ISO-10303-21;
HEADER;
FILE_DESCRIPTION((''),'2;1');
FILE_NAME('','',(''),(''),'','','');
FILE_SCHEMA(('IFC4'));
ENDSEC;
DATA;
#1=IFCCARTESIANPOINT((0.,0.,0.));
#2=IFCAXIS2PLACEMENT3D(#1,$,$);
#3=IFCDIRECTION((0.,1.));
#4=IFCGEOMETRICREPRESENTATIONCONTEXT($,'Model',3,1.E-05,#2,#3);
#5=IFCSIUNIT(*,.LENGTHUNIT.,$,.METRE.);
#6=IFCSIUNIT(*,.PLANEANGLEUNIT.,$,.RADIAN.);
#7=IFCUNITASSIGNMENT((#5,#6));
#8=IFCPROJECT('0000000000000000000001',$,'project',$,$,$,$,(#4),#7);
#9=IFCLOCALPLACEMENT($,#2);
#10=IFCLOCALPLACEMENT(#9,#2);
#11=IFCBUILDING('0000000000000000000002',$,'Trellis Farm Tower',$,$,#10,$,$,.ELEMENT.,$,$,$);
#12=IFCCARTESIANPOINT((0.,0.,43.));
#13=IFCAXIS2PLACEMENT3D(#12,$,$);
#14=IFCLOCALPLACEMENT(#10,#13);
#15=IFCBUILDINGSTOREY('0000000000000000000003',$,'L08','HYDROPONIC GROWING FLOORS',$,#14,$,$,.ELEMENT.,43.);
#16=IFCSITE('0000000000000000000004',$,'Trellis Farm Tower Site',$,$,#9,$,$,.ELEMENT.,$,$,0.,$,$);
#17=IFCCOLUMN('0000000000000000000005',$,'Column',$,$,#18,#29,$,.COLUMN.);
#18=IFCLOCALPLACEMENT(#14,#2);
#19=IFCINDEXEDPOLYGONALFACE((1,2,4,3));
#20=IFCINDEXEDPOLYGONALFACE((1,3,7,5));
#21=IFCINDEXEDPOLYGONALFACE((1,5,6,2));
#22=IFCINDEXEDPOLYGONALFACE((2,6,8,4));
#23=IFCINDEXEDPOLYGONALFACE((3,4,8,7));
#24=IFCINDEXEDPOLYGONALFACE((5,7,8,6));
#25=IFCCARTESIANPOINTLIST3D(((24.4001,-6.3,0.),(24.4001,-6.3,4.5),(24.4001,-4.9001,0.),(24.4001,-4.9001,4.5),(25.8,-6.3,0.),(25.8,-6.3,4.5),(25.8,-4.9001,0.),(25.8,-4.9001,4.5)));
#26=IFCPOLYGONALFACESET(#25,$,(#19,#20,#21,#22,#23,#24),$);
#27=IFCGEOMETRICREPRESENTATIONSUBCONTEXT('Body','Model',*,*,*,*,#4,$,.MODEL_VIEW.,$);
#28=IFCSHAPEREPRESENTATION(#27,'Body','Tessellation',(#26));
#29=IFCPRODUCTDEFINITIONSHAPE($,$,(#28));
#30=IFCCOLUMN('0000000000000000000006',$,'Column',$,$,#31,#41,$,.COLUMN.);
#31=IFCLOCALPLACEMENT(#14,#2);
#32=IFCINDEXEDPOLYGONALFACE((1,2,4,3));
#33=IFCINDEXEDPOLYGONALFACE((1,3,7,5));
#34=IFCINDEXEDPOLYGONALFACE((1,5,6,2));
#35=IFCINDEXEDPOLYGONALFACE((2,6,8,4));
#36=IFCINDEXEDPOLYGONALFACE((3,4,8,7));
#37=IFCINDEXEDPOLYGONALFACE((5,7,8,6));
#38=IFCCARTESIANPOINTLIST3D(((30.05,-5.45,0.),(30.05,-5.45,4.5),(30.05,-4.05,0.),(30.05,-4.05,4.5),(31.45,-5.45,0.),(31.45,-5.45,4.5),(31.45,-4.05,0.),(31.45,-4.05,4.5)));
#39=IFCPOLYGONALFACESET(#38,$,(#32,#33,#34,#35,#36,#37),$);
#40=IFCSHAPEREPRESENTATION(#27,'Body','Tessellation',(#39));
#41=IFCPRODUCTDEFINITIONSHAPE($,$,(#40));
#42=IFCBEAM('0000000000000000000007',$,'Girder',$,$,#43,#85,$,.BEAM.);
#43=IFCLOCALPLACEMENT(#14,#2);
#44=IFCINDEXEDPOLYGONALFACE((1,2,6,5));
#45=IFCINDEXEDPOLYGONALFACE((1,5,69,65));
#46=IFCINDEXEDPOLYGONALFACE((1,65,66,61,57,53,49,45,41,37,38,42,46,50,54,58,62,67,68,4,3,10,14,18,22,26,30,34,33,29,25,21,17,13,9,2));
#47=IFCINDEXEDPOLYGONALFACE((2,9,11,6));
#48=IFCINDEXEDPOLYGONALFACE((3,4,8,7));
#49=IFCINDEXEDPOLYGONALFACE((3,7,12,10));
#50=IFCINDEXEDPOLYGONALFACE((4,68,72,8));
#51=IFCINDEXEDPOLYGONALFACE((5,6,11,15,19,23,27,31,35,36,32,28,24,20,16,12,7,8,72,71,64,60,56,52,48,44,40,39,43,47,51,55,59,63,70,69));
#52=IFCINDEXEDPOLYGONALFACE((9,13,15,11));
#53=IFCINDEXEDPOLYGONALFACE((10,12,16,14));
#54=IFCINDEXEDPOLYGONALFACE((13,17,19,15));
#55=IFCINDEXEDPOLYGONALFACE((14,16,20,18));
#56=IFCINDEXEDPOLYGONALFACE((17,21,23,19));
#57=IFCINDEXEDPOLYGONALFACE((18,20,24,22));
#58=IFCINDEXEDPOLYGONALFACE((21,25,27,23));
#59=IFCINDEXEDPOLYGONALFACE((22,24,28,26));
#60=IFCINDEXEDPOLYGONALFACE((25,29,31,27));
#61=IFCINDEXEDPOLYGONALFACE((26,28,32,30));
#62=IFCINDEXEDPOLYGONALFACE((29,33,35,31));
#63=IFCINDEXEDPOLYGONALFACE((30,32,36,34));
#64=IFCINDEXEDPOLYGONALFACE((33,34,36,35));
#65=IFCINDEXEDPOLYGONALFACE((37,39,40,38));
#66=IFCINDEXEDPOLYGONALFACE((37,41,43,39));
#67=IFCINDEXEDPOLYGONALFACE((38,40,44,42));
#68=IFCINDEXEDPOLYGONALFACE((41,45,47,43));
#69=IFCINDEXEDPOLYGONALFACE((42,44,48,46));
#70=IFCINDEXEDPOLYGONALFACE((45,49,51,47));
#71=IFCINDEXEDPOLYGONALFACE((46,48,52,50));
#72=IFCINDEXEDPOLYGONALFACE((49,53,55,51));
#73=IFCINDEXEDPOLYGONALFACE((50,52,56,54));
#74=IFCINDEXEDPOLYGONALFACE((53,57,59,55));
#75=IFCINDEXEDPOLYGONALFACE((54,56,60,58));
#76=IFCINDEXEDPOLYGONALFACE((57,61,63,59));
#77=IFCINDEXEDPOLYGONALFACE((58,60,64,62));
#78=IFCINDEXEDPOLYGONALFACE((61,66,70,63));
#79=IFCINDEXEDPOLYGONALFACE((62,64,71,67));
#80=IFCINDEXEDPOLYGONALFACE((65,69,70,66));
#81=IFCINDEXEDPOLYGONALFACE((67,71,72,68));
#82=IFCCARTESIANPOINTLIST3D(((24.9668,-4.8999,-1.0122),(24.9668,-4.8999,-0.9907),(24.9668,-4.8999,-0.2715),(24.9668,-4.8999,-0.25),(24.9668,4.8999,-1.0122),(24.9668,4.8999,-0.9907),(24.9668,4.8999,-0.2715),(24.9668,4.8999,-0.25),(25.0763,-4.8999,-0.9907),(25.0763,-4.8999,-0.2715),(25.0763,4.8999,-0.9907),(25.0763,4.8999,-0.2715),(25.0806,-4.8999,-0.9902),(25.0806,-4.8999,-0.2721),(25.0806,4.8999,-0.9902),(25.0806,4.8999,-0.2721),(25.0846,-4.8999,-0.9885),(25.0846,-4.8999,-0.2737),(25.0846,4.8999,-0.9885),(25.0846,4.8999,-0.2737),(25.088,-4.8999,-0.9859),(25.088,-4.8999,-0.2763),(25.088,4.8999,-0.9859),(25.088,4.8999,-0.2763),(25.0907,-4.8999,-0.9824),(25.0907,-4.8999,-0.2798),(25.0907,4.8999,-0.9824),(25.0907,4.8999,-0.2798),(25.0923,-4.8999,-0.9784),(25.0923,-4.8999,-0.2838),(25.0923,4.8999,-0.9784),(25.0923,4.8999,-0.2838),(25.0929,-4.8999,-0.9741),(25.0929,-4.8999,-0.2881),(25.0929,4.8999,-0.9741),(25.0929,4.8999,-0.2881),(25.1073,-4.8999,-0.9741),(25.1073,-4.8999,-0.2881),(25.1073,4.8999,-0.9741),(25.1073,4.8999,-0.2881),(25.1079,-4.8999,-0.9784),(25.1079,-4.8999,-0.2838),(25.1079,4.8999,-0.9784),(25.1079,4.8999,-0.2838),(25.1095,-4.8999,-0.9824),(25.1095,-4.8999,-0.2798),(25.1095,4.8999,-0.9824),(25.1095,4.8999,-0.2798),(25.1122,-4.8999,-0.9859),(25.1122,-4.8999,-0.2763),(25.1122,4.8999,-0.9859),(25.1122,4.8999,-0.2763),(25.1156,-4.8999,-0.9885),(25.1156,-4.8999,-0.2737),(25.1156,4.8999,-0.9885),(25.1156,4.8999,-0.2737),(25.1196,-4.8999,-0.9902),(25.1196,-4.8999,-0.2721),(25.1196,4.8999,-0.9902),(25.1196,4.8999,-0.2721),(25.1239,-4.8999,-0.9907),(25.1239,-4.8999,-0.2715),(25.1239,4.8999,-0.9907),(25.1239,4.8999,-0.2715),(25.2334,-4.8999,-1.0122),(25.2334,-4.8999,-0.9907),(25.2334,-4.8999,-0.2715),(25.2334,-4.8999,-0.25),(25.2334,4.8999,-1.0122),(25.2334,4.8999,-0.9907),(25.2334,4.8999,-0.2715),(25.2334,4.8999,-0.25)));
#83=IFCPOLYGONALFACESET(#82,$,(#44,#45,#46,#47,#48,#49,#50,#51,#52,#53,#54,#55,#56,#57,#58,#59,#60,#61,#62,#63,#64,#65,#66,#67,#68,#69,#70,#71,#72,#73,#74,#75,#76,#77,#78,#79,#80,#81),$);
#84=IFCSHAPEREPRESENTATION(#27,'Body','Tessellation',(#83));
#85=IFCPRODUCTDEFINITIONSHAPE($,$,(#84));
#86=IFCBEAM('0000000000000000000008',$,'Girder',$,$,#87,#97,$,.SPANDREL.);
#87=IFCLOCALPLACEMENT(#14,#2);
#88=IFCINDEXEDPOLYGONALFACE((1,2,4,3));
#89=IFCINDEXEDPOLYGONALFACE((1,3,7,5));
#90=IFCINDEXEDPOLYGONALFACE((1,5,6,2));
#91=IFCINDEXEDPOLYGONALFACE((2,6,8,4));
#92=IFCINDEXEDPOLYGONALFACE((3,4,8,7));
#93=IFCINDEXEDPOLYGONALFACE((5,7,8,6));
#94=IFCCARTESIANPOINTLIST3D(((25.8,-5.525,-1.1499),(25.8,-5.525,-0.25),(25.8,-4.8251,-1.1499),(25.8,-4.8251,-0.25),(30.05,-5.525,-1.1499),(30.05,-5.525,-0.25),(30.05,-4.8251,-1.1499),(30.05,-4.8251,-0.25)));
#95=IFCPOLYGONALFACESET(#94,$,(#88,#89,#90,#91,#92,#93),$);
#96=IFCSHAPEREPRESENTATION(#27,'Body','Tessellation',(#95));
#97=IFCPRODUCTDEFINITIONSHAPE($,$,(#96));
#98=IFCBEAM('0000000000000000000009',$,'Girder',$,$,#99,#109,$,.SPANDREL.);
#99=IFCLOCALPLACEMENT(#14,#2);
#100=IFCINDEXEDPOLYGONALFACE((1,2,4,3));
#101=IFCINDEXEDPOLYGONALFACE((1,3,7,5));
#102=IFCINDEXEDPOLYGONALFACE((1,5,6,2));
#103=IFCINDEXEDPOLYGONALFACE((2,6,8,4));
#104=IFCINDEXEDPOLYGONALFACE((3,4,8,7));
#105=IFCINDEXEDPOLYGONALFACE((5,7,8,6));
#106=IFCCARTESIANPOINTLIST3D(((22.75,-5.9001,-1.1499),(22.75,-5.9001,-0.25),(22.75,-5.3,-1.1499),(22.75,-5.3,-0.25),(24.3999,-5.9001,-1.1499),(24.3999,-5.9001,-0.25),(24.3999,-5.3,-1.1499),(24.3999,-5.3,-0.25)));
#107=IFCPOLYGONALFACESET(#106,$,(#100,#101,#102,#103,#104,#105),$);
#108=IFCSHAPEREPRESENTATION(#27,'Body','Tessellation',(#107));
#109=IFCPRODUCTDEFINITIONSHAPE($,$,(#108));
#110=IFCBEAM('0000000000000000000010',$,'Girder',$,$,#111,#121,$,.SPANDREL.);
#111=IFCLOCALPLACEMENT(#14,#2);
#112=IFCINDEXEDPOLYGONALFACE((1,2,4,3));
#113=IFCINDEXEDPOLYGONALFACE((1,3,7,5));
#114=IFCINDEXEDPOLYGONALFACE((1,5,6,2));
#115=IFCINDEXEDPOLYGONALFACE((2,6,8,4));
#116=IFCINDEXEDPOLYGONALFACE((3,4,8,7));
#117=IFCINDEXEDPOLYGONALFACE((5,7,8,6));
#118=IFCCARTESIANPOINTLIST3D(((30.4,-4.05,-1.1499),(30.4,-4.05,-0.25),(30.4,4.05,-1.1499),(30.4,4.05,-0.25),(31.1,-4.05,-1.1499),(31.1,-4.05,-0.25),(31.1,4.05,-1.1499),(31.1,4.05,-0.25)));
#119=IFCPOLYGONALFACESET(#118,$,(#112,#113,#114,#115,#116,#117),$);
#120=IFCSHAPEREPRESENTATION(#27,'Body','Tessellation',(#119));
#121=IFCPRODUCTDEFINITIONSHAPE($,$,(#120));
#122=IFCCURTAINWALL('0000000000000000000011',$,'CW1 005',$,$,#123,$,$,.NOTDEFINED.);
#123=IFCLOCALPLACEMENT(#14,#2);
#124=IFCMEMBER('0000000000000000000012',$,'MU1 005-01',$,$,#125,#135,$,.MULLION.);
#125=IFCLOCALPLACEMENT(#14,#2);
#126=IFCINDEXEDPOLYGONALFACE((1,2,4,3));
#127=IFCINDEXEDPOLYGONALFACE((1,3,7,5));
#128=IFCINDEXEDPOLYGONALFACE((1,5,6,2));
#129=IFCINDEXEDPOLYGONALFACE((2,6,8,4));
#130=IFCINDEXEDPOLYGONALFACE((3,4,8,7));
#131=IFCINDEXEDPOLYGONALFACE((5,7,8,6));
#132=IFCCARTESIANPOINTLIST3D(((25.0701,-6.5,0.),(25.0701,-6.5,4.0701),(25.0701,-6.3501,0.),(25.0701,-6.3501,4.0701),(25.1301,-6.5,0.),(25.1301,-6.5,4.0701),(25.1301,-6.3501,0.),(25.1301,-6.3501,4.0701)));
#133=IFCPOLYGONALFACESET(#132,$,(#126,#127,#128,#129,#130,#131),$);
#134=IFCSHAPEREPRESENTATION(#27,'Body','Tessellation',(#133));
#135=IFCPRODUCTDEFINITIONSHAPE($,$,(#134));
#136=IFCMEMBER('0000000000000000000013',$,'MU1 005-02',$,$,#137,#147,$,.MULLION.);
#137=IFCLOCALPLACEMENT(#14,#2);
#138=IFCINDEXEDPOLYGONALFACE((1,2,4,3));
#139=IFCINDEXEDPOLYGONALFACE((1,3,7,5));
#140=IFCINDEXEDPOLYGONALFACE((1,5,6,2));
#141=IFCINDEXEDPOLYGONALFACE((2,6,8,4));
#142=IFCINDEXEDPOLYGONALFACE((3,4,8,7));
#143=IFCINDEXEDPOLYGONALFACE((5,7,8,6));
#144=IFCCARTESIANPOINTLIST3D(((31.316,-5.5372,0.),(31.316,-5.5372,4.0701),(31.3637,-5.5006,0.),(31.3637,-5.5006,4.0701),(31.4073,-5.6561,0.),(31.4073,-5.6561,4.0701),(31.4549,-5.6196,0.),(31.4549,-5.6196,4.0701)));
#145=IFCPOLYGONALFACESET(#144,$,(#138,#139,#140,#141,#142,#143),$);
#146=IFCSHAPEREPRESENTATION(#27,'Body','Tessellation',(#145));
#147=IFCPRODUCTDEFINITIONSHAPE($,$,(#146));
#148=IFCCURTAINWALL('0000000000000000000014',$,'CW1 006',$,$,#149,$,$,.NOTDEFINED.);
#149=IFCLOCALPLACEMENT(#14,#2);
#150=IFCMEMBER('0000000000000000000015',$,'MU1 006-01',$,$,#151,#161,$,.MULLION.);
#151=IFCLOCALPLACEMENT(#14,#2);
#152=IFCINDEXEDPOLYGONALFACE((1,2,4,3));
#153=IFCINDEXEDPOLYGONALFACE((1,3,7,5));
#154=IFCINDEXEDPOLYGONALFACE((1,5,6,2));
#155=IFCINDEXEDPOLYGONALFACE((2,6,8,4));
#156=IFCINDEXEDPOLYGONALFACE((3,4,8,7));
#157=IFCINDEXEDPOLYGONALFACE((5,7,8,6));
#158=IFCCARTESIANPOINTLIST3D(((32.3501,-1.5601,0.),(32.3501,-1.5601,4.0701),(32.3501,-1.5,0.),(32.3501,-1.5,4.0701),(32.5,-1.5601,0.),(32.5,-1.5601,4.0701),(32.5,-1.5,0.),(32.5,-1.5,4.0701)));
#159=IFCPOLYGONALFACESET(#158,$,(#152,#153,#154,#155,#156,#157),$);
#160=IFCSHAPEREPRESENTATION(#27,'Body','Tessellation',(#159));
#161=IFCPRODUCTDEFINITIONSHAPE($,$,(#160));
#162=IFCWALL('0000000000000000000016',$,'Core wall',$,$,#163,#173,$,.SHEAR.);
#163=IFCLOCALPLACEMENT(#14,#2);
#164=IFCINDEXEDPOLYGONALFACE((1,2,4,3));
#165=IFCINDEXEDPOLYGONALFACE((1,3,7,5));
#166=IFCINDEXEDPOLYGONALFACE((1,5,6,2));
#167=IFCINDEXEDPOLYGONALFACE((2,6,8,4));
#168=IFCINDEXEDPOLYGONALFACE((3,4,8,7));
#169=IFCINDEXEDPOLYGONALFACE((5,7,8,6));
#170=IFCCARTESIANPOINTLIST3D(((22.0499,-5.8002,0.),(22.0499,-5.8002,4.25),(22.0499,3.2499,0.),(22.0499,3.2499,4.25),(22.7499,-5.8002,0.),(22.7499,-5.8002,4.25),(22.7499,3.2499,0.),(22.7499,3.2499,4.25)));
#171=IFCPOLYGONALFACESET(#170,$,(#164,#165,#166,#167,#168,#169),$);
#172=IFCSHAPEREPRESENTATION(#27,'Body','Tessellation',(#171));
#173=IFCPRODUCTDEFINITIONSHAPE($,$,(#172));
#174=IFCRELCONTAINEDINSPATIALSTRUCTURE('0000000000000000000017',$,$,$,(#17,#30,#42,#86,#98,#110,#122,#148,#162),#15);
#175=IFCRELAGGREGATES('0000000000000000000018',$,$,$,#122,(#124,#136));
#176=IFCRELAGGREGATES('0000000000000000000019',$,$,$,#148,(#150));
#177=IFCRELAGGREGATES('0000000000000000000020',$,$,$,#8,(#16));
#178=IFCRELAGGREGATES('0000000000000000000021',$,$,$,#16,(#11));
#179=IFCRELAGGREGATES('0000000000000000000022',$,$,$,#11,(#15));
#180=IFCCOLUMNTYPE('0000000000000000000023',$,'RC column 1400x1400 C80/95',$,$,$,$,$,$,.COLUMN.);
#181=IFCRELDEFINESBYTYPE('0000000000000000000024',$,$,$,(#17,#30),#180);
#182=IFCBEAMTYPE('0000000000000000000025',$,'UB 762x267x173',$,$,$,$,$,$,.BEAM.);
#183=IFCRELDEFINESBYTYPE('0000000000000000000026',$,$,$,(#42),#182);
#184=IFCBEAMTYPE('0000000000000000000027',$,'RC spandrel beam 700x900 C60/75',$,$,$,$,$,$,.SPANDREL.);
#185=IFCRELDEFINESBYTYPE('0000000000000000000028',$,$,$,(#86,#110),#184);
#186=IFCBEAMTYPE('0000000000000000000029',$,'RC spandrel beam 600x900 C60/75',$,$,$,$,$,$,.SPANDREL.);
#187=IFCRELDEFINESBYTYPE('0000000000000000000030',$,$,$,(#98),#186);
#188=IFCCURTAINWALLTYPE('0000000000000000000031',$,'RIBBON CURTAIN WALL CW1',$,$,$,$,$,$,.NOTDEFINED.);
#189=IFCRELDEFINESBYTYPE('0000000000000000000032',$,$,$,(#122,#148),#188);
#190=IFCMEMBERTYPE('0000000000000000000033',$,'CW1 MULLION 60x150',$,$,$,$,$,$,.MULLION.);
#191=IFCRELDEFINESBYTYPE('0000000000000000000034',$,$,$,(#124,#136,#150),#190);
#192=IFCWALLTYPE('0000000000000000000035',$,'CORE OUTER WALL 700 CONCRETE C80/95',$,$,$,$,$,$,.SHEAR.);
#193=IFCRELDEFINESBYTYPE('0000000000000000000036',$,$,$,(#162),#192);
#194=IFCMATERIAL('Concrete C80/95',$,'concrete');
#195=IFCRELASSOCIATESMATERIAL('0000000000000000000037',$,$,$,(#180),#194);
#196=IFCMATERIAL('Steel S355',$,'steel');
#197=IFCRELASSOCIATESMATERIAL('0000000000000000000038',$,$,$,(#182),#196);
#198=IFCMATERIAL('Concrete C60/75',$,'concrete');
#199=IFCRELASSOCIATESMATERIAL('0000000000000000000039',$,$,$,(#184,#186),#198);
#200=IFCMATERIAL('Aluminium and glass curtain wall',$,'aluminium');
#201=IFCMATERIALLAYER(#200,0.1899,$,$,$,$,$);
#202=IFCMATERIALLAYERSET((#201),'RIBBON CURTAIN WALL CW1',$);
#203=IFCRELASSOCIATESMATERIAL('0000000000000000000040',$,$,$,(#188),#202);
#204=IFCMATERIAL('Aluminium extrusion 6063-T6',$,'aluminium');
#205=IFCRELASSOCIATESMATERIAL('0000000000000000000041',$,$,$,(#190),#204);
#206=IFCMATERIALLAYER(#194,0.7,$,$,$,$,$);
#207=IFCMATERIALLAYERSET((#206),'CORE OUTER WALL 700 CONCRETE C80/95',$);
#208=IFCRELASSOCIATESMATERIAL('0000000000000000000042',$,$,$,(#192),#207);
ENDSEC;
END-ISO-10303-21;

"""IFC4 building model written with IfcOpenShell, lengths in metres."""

from ifc_helpers import new_model, si_unit, direction, frame, frame_2d, origin, origin_2d, place, context, subcontext, project, spatial, rectangle, i_section, extrude, source, transform, mapped, material, layer, layer_set, material_profile, profile_set, type_object, element, aggregate, save


model = new_model("IFC4")

# Units and contexts
model_context = context("Model", 3, precision=1e-05, world=origin(), true_north=direction((0.0, 1.0)))
body_context = subcontext(model_context, "Body", "Model", "MODEL_VIEW")
ifc_project = project(units=[si_unit("LENGTHUNIT", "METRE"), si_unit("PLANEANGLEUNIT", "RADIAN")], contexts=[model_context])

# Site, building, storey
site_placement = place(None, origin())
site = spatial("IfcSite", under=ifc_project, at=site_placement, Name="Trellis Farm Tower Site", CompositionType="ELEMENT", RefElevation=0.0)
building_placement = place(site_placement, origin())
building = spatial("IfcBuilding", under=site, at=building_placement, Name="Trellis Farm Tower", CompositionType="ELEMENT")
storey_placement = place(building_placement, frame((0.0, 0.0, 43.0)))
storey = spatial("IfcBuildingStorey", under=building, at=storey_placement, Name="L08", Description="HYDROPONIC GROWING FLOORS", CompositionType="ELEMENT", Elevation=43.0)

# Columns
ifc_material_1 = material(Name="Concrete C80/95", Category="concrete")
ifc_material_profile_1 = material_profile(ifc_material_1, rectangle(XDim=1.3999, YDim=1.3999, at=origin_2d()), Name="RC column 1400x1400 C80/95")
ifc_profile_set_1 = profile_set([ifc_material_profile_1], Name="Concrete C80/95")
column_type = type_object("IfcColumnType", Name="RC column 1400x1400 C80/95", PredefinedType="COLUMN", material=ifc_profile_set_1)
shared_shape_1 = source(origin(), body_context, "Body", "SweptSolid", [
    extrude(rectangle(XDim=1.3999, YDim=1.3999, at=origin_2d()), origin(), (0.0, 0.0, 1.0), 4.5),
])
for number, where, z_axis, x_axis, name in (
    (1, (25.1001, -5.6001, 0.0), (0.0, 0.0, 1.0), (1.0, 0.0, 0.0), "Column"),
    (2, (30.75, -4.75, 0.0), (0.0, 0.0, 1.0), (1.0, 0.0, 0.0), "Column"),
):
    element("IfcColumn", number, at=place(storey_placement, frame(where, z_axis=z_axis, x_axis=x_axis)), inside=storey, type_object=column_type, Name=name, PredefinedType="COLUMN", context=body_context, shape_type="MappedRepresentation", body=[
        mapped(shared_shape_1, transform((0.0, 0.0, 0.0))),
    ])

# Beams
ifc_material_2 = material(Name="Steel S355", Category="steel")
ifc_material_profile_2 = material_profile(ifc_material_2, i_section(OverallWidth=0.2666, OverallDepth=0.7622, WebThickness=0.0144, FlangeThickness=0.0215, FilletRadius=0.0166, at=origin_2d()), Name="UB 762x267x173")
ifc_profile_set_2 = profile_set([ifc_material_profile_2], Name="Steel S355")
beam_type_1 = type_object("IfcBeamType", Name="UB 762x267x173", PredefinedType="BEAM", material=ifc_profile_set_2)
shared_shape_2 = source(origin(), body_context, "Body", "SweptSolid", [
    extrude(i_section(OverallWidth=0.2666, OverallDepth=0.7622, WebThickness=0.0144, FlangeThickness=0.0215, FilletRadius=0.0166, at=origin_2d()), origin(), (0.0, 0.0, 1.0), 9.7998),
])
beam_1_placement = place(storey_placement, frame((25.1001, -4.8999, -0.6311), z_axis=(0.0, 1.0, 0.0), x_axis=(-1.0, 0.0, 0.0)))
element("IfcBeam", 3, at=beam_1_placement, inside=storey, type_object=beam_type_1, Name="Girder", PredefinedType="BEAM", context=body_context, shape_type="MappedRepresentation", body=[
    mapped(shared_shape_2, transform((0.0, 0.0, 0.0))),
])
ifc_material_3 = material(Name="Concrete C60/75", Category="concrete")
ifc_material_profile_3 = material_profile(ifc_material_3, rectangle(XDim=0.7, YDim=0.8999, at=origin_2d()), Name="RC spandrel beam 700x900 C60/75")
ifc_profile_set_3 = profile_set([ifc_material_profile_3], Name="Concrete C60/75")
beam_type_2 = type_object("IfcBeamType", Name="RC spandrel beam 700x900 C60/75", PredefinedType="SPANDREL", material=ifc_profile_set_3)
shared_shape_3 = source(origin(), body_context, "Body", "SweptSolid", [
    extrude(rectangle(XDim=0.7, YDim=0.8999, at=origin_2d()), origin(), (0.0, 0.0, 1.0), 4.25),
])
beam_2_placement = place(storey_placement, frame((25.8, -5.175, -0.7), z_axis=(1.0, 0.0, 0.0), x_axis=(0.0, 1.0, 0.0)))
element("IfcBeam", 4, at=beam_2_placement, inside=storey, type_object=beam_type_2, Name="Girder", PredefinedType="SPANDREL", context=body_context, shape_type="MappedRepresentation", body=[
    mapped(shared_shape_3, transform((0.0, 0.0, 0.0))),
])
ifc_material_profile_4 = material_profile(ifc_material_3, rectangle(XDim=0.6001, YDim=0.8999, at=origin_2d()), Name="RC spandrel beam 600x900 C60/75")
ifc_profile_set_4 = profile_set([ifc_material_profile_4], Name="Concrete C60/75")
beam_type_3 = type_object("IfcBeamType", Name="RC spandrel beam 600x900 C60/75", PredefinedType="SPANDREL", material=ifc_profile_set_4)
shared_shape_4 = source(origin(), body_context, "Body", "SweptSolid", [
    extrude(rectangle(XDim=0.6001, YDim=0.8999, at=origin_2d()), origin(), (0.0, 0.0, 1.0), 1.6499),
])
beam_3_placement = place(storey_placement, frame((22.75, -5.6001, -0.7), z_axis=(1.0, 0.0, 0.0), x_axis=(0.0, 1.0, 0.0)))
element("IfcBeam", 5, at=beam_3_placement, inside=storey, type_object=beam_type_3, Name="Girder", PredefinedType="SPANDREL", context=body_context, shape_type="MappedRepresentation", body=[
    mapped(shared_shape_4, transform((0.0, 0.0, 0.0))),
])
shared_shape_5 = source(origin(), body_context, "Body", "SweptSolid", [
    extrude(rectangle(XDim=0.7, YDim=0.8999, at=origin_2d()), origin(), (0.0, 0.0, 1.0), 8.1001),
])
beam_4_placement = place(storey_placement, frame((30.75, -4.05, -0.7), z_axis=(0.0, 1.0, 0.0), x_axis=(-1.0, 0.0, 0.0)))
element("IfcBeam", 6, at=beam_4_placement, inside=storey, type_object=beam_type_2, Name="Girder", PredefinedType="SPANDREL", context=body_context, shape_type="MappedRepresentation", body=[
    mapped(shared_shape_5, transform((0.0, 0.0, 0.0))),
])

# Curtain wall, members
ifc_material_4 = material(Name="Aluminium and glass curtain wall", Category="aluminium")
ifc_layer_1 = layer(ifc_material_4, 0.1899)
ifc_layer_set_1 = layer_set([ifc_layer_1], Name="RIBBON CURTAIN WALL CW1")
curtain_wall_type = type_object("IfcCurtainWallType", Name="RIBBON CURTAIN WALL CW1", PredefinedType="NOTDEFINED", material=ifc_layer_set_1)
placement = place(storey_placement, origin())
curtain_wall_1 = element("IfcCurtainWall", 7, at=placement, inside=storey, type_object=curtain_wall_type, Name="CW1 005", PredefinedType="NOTDEFINED")
ifc_material_5 = material(Name="Aluminium extrusion 6063-T6", Category="aluminium")
ifc_material_profile_5 = material_profile(ifc_material_5, rectangle(XDim=0.0601, YDim=0.1499, at=origin_2d()), Name="MULLION 60x150")
ifc_profile_set_5 = profile_set([ifc_material_profile_5], Name="Aluminium extrusion 6063-T6")
member_type = type_object("IfcMemberType", Name="CW1 MULLION 60x150", PredefinedType="MULLION", material=ifc_profile_set_5)
shared_shape_6 = source(origin(), body_context, "Body", "SweptSolid", [
    extrude(rectangle(XDim=0.0601, YDim=0.1499, at=origin_2d()), origin(), (0.0, 0.0, 1.0), 4.0701),
])
member_1_placement = place(storey_placement, frame((25.1001, -6.425, 0.0), z_axis=(0.0, 0.0, 1.0), x_axis=(1.0, 0.0, 0.0)))
member_1 = element("IfcMember", 8, at=member_1_placement, type_object=member_type, Name="MU1 005-01", PredefinedType="MULLION", context=body_context, shape_type="MappedRepresentation", body=[
    mapped(shared_shape_6, transform((0.0, 0.0, 0.0))),
])
member_2_placement = place(storey_placement, frame((31.3855, -5.5784, 0.0), z_axis=(0.0, 0.0, 1.0), x_axis=(0.793353, 0.608761, 0.0)))
member_2 = element("IfcMember", 9, at=member_2_placement, type_object=member_type, Name="MU1 005-02", PredefinedType="MULLION", context=body_context, shape_type="MappedRepresentation", body=[
    mapped(shared_shape_6, transform((0.0, 0.0, 0.0))),
])
aggregate(curtain_wall_1, [member_1, member_2])

# Curtain wall, member
curtain_wall_2 = element("IfcCurtainWall", 10, at=placement, inside=storey, type_object=curtain_wall_type, Name="CW1 006", PredefinedType="NOTDEFINED")
member_3_placement = place(storey_placement, frame((32.425, -1.53, 0.0), z_axis=(0.0, 0.0, 1.0), x_axis=(0.0, 1.0, 0.0)))
member_3 = element("IfcMember", 11, at=member_3_placement, type_object=member_type, Name="MU1 006-01", PredefinedType="MULLION", context=body_context, shape_type="MappedRepresentation", body=[
    mapped(shared_shape_6, transform((0.0, 0.0, 0.0))),
])
aggregate(curtain_wall_2, [member_3])

# Wall
ifc_layer_2 = layer(ifc_material_1, 0.7)
ifc_layer_set_2 = layer_set([ifc_layer_2], Name="CORE OUTER WALL 700 CONCRETE C80/95")
wall_type_1 = type_object("IfcWallType", Name="CORE OUTER WALL 700 CONCRETE C80/95", PredefinedType="SHEAR", material=ifc_layer_set_2)
shared_shape_7 = source(origin(), body_context, "Body", "SweptSolid", [
    extrude(rectangle(XDim=9.05, YDim=0.7, at=frame_2d((4.5249, 0.0))), origin(), (0.0, 0.0, 1.0), 4.25),
])
wall_1_placement = place(storey_placement, frame((22.3999, -5.8, 0.0), z_axis=(0.0, 0.0, 1.0), x_axis=(0.0, 1.0, 0.0)))
element("IfcWall", 12, at=wall_1_placement, inside=storey, type_object=wall_type_1, Name="Core wall", PredefinedType="SHEAR", context=body_context, shape_type="MappedRepresentation", body=[
    mapped(shared_shape_7, transform((0.0, 0.0, 0.0))),
])

save(model, "model.ifc")
